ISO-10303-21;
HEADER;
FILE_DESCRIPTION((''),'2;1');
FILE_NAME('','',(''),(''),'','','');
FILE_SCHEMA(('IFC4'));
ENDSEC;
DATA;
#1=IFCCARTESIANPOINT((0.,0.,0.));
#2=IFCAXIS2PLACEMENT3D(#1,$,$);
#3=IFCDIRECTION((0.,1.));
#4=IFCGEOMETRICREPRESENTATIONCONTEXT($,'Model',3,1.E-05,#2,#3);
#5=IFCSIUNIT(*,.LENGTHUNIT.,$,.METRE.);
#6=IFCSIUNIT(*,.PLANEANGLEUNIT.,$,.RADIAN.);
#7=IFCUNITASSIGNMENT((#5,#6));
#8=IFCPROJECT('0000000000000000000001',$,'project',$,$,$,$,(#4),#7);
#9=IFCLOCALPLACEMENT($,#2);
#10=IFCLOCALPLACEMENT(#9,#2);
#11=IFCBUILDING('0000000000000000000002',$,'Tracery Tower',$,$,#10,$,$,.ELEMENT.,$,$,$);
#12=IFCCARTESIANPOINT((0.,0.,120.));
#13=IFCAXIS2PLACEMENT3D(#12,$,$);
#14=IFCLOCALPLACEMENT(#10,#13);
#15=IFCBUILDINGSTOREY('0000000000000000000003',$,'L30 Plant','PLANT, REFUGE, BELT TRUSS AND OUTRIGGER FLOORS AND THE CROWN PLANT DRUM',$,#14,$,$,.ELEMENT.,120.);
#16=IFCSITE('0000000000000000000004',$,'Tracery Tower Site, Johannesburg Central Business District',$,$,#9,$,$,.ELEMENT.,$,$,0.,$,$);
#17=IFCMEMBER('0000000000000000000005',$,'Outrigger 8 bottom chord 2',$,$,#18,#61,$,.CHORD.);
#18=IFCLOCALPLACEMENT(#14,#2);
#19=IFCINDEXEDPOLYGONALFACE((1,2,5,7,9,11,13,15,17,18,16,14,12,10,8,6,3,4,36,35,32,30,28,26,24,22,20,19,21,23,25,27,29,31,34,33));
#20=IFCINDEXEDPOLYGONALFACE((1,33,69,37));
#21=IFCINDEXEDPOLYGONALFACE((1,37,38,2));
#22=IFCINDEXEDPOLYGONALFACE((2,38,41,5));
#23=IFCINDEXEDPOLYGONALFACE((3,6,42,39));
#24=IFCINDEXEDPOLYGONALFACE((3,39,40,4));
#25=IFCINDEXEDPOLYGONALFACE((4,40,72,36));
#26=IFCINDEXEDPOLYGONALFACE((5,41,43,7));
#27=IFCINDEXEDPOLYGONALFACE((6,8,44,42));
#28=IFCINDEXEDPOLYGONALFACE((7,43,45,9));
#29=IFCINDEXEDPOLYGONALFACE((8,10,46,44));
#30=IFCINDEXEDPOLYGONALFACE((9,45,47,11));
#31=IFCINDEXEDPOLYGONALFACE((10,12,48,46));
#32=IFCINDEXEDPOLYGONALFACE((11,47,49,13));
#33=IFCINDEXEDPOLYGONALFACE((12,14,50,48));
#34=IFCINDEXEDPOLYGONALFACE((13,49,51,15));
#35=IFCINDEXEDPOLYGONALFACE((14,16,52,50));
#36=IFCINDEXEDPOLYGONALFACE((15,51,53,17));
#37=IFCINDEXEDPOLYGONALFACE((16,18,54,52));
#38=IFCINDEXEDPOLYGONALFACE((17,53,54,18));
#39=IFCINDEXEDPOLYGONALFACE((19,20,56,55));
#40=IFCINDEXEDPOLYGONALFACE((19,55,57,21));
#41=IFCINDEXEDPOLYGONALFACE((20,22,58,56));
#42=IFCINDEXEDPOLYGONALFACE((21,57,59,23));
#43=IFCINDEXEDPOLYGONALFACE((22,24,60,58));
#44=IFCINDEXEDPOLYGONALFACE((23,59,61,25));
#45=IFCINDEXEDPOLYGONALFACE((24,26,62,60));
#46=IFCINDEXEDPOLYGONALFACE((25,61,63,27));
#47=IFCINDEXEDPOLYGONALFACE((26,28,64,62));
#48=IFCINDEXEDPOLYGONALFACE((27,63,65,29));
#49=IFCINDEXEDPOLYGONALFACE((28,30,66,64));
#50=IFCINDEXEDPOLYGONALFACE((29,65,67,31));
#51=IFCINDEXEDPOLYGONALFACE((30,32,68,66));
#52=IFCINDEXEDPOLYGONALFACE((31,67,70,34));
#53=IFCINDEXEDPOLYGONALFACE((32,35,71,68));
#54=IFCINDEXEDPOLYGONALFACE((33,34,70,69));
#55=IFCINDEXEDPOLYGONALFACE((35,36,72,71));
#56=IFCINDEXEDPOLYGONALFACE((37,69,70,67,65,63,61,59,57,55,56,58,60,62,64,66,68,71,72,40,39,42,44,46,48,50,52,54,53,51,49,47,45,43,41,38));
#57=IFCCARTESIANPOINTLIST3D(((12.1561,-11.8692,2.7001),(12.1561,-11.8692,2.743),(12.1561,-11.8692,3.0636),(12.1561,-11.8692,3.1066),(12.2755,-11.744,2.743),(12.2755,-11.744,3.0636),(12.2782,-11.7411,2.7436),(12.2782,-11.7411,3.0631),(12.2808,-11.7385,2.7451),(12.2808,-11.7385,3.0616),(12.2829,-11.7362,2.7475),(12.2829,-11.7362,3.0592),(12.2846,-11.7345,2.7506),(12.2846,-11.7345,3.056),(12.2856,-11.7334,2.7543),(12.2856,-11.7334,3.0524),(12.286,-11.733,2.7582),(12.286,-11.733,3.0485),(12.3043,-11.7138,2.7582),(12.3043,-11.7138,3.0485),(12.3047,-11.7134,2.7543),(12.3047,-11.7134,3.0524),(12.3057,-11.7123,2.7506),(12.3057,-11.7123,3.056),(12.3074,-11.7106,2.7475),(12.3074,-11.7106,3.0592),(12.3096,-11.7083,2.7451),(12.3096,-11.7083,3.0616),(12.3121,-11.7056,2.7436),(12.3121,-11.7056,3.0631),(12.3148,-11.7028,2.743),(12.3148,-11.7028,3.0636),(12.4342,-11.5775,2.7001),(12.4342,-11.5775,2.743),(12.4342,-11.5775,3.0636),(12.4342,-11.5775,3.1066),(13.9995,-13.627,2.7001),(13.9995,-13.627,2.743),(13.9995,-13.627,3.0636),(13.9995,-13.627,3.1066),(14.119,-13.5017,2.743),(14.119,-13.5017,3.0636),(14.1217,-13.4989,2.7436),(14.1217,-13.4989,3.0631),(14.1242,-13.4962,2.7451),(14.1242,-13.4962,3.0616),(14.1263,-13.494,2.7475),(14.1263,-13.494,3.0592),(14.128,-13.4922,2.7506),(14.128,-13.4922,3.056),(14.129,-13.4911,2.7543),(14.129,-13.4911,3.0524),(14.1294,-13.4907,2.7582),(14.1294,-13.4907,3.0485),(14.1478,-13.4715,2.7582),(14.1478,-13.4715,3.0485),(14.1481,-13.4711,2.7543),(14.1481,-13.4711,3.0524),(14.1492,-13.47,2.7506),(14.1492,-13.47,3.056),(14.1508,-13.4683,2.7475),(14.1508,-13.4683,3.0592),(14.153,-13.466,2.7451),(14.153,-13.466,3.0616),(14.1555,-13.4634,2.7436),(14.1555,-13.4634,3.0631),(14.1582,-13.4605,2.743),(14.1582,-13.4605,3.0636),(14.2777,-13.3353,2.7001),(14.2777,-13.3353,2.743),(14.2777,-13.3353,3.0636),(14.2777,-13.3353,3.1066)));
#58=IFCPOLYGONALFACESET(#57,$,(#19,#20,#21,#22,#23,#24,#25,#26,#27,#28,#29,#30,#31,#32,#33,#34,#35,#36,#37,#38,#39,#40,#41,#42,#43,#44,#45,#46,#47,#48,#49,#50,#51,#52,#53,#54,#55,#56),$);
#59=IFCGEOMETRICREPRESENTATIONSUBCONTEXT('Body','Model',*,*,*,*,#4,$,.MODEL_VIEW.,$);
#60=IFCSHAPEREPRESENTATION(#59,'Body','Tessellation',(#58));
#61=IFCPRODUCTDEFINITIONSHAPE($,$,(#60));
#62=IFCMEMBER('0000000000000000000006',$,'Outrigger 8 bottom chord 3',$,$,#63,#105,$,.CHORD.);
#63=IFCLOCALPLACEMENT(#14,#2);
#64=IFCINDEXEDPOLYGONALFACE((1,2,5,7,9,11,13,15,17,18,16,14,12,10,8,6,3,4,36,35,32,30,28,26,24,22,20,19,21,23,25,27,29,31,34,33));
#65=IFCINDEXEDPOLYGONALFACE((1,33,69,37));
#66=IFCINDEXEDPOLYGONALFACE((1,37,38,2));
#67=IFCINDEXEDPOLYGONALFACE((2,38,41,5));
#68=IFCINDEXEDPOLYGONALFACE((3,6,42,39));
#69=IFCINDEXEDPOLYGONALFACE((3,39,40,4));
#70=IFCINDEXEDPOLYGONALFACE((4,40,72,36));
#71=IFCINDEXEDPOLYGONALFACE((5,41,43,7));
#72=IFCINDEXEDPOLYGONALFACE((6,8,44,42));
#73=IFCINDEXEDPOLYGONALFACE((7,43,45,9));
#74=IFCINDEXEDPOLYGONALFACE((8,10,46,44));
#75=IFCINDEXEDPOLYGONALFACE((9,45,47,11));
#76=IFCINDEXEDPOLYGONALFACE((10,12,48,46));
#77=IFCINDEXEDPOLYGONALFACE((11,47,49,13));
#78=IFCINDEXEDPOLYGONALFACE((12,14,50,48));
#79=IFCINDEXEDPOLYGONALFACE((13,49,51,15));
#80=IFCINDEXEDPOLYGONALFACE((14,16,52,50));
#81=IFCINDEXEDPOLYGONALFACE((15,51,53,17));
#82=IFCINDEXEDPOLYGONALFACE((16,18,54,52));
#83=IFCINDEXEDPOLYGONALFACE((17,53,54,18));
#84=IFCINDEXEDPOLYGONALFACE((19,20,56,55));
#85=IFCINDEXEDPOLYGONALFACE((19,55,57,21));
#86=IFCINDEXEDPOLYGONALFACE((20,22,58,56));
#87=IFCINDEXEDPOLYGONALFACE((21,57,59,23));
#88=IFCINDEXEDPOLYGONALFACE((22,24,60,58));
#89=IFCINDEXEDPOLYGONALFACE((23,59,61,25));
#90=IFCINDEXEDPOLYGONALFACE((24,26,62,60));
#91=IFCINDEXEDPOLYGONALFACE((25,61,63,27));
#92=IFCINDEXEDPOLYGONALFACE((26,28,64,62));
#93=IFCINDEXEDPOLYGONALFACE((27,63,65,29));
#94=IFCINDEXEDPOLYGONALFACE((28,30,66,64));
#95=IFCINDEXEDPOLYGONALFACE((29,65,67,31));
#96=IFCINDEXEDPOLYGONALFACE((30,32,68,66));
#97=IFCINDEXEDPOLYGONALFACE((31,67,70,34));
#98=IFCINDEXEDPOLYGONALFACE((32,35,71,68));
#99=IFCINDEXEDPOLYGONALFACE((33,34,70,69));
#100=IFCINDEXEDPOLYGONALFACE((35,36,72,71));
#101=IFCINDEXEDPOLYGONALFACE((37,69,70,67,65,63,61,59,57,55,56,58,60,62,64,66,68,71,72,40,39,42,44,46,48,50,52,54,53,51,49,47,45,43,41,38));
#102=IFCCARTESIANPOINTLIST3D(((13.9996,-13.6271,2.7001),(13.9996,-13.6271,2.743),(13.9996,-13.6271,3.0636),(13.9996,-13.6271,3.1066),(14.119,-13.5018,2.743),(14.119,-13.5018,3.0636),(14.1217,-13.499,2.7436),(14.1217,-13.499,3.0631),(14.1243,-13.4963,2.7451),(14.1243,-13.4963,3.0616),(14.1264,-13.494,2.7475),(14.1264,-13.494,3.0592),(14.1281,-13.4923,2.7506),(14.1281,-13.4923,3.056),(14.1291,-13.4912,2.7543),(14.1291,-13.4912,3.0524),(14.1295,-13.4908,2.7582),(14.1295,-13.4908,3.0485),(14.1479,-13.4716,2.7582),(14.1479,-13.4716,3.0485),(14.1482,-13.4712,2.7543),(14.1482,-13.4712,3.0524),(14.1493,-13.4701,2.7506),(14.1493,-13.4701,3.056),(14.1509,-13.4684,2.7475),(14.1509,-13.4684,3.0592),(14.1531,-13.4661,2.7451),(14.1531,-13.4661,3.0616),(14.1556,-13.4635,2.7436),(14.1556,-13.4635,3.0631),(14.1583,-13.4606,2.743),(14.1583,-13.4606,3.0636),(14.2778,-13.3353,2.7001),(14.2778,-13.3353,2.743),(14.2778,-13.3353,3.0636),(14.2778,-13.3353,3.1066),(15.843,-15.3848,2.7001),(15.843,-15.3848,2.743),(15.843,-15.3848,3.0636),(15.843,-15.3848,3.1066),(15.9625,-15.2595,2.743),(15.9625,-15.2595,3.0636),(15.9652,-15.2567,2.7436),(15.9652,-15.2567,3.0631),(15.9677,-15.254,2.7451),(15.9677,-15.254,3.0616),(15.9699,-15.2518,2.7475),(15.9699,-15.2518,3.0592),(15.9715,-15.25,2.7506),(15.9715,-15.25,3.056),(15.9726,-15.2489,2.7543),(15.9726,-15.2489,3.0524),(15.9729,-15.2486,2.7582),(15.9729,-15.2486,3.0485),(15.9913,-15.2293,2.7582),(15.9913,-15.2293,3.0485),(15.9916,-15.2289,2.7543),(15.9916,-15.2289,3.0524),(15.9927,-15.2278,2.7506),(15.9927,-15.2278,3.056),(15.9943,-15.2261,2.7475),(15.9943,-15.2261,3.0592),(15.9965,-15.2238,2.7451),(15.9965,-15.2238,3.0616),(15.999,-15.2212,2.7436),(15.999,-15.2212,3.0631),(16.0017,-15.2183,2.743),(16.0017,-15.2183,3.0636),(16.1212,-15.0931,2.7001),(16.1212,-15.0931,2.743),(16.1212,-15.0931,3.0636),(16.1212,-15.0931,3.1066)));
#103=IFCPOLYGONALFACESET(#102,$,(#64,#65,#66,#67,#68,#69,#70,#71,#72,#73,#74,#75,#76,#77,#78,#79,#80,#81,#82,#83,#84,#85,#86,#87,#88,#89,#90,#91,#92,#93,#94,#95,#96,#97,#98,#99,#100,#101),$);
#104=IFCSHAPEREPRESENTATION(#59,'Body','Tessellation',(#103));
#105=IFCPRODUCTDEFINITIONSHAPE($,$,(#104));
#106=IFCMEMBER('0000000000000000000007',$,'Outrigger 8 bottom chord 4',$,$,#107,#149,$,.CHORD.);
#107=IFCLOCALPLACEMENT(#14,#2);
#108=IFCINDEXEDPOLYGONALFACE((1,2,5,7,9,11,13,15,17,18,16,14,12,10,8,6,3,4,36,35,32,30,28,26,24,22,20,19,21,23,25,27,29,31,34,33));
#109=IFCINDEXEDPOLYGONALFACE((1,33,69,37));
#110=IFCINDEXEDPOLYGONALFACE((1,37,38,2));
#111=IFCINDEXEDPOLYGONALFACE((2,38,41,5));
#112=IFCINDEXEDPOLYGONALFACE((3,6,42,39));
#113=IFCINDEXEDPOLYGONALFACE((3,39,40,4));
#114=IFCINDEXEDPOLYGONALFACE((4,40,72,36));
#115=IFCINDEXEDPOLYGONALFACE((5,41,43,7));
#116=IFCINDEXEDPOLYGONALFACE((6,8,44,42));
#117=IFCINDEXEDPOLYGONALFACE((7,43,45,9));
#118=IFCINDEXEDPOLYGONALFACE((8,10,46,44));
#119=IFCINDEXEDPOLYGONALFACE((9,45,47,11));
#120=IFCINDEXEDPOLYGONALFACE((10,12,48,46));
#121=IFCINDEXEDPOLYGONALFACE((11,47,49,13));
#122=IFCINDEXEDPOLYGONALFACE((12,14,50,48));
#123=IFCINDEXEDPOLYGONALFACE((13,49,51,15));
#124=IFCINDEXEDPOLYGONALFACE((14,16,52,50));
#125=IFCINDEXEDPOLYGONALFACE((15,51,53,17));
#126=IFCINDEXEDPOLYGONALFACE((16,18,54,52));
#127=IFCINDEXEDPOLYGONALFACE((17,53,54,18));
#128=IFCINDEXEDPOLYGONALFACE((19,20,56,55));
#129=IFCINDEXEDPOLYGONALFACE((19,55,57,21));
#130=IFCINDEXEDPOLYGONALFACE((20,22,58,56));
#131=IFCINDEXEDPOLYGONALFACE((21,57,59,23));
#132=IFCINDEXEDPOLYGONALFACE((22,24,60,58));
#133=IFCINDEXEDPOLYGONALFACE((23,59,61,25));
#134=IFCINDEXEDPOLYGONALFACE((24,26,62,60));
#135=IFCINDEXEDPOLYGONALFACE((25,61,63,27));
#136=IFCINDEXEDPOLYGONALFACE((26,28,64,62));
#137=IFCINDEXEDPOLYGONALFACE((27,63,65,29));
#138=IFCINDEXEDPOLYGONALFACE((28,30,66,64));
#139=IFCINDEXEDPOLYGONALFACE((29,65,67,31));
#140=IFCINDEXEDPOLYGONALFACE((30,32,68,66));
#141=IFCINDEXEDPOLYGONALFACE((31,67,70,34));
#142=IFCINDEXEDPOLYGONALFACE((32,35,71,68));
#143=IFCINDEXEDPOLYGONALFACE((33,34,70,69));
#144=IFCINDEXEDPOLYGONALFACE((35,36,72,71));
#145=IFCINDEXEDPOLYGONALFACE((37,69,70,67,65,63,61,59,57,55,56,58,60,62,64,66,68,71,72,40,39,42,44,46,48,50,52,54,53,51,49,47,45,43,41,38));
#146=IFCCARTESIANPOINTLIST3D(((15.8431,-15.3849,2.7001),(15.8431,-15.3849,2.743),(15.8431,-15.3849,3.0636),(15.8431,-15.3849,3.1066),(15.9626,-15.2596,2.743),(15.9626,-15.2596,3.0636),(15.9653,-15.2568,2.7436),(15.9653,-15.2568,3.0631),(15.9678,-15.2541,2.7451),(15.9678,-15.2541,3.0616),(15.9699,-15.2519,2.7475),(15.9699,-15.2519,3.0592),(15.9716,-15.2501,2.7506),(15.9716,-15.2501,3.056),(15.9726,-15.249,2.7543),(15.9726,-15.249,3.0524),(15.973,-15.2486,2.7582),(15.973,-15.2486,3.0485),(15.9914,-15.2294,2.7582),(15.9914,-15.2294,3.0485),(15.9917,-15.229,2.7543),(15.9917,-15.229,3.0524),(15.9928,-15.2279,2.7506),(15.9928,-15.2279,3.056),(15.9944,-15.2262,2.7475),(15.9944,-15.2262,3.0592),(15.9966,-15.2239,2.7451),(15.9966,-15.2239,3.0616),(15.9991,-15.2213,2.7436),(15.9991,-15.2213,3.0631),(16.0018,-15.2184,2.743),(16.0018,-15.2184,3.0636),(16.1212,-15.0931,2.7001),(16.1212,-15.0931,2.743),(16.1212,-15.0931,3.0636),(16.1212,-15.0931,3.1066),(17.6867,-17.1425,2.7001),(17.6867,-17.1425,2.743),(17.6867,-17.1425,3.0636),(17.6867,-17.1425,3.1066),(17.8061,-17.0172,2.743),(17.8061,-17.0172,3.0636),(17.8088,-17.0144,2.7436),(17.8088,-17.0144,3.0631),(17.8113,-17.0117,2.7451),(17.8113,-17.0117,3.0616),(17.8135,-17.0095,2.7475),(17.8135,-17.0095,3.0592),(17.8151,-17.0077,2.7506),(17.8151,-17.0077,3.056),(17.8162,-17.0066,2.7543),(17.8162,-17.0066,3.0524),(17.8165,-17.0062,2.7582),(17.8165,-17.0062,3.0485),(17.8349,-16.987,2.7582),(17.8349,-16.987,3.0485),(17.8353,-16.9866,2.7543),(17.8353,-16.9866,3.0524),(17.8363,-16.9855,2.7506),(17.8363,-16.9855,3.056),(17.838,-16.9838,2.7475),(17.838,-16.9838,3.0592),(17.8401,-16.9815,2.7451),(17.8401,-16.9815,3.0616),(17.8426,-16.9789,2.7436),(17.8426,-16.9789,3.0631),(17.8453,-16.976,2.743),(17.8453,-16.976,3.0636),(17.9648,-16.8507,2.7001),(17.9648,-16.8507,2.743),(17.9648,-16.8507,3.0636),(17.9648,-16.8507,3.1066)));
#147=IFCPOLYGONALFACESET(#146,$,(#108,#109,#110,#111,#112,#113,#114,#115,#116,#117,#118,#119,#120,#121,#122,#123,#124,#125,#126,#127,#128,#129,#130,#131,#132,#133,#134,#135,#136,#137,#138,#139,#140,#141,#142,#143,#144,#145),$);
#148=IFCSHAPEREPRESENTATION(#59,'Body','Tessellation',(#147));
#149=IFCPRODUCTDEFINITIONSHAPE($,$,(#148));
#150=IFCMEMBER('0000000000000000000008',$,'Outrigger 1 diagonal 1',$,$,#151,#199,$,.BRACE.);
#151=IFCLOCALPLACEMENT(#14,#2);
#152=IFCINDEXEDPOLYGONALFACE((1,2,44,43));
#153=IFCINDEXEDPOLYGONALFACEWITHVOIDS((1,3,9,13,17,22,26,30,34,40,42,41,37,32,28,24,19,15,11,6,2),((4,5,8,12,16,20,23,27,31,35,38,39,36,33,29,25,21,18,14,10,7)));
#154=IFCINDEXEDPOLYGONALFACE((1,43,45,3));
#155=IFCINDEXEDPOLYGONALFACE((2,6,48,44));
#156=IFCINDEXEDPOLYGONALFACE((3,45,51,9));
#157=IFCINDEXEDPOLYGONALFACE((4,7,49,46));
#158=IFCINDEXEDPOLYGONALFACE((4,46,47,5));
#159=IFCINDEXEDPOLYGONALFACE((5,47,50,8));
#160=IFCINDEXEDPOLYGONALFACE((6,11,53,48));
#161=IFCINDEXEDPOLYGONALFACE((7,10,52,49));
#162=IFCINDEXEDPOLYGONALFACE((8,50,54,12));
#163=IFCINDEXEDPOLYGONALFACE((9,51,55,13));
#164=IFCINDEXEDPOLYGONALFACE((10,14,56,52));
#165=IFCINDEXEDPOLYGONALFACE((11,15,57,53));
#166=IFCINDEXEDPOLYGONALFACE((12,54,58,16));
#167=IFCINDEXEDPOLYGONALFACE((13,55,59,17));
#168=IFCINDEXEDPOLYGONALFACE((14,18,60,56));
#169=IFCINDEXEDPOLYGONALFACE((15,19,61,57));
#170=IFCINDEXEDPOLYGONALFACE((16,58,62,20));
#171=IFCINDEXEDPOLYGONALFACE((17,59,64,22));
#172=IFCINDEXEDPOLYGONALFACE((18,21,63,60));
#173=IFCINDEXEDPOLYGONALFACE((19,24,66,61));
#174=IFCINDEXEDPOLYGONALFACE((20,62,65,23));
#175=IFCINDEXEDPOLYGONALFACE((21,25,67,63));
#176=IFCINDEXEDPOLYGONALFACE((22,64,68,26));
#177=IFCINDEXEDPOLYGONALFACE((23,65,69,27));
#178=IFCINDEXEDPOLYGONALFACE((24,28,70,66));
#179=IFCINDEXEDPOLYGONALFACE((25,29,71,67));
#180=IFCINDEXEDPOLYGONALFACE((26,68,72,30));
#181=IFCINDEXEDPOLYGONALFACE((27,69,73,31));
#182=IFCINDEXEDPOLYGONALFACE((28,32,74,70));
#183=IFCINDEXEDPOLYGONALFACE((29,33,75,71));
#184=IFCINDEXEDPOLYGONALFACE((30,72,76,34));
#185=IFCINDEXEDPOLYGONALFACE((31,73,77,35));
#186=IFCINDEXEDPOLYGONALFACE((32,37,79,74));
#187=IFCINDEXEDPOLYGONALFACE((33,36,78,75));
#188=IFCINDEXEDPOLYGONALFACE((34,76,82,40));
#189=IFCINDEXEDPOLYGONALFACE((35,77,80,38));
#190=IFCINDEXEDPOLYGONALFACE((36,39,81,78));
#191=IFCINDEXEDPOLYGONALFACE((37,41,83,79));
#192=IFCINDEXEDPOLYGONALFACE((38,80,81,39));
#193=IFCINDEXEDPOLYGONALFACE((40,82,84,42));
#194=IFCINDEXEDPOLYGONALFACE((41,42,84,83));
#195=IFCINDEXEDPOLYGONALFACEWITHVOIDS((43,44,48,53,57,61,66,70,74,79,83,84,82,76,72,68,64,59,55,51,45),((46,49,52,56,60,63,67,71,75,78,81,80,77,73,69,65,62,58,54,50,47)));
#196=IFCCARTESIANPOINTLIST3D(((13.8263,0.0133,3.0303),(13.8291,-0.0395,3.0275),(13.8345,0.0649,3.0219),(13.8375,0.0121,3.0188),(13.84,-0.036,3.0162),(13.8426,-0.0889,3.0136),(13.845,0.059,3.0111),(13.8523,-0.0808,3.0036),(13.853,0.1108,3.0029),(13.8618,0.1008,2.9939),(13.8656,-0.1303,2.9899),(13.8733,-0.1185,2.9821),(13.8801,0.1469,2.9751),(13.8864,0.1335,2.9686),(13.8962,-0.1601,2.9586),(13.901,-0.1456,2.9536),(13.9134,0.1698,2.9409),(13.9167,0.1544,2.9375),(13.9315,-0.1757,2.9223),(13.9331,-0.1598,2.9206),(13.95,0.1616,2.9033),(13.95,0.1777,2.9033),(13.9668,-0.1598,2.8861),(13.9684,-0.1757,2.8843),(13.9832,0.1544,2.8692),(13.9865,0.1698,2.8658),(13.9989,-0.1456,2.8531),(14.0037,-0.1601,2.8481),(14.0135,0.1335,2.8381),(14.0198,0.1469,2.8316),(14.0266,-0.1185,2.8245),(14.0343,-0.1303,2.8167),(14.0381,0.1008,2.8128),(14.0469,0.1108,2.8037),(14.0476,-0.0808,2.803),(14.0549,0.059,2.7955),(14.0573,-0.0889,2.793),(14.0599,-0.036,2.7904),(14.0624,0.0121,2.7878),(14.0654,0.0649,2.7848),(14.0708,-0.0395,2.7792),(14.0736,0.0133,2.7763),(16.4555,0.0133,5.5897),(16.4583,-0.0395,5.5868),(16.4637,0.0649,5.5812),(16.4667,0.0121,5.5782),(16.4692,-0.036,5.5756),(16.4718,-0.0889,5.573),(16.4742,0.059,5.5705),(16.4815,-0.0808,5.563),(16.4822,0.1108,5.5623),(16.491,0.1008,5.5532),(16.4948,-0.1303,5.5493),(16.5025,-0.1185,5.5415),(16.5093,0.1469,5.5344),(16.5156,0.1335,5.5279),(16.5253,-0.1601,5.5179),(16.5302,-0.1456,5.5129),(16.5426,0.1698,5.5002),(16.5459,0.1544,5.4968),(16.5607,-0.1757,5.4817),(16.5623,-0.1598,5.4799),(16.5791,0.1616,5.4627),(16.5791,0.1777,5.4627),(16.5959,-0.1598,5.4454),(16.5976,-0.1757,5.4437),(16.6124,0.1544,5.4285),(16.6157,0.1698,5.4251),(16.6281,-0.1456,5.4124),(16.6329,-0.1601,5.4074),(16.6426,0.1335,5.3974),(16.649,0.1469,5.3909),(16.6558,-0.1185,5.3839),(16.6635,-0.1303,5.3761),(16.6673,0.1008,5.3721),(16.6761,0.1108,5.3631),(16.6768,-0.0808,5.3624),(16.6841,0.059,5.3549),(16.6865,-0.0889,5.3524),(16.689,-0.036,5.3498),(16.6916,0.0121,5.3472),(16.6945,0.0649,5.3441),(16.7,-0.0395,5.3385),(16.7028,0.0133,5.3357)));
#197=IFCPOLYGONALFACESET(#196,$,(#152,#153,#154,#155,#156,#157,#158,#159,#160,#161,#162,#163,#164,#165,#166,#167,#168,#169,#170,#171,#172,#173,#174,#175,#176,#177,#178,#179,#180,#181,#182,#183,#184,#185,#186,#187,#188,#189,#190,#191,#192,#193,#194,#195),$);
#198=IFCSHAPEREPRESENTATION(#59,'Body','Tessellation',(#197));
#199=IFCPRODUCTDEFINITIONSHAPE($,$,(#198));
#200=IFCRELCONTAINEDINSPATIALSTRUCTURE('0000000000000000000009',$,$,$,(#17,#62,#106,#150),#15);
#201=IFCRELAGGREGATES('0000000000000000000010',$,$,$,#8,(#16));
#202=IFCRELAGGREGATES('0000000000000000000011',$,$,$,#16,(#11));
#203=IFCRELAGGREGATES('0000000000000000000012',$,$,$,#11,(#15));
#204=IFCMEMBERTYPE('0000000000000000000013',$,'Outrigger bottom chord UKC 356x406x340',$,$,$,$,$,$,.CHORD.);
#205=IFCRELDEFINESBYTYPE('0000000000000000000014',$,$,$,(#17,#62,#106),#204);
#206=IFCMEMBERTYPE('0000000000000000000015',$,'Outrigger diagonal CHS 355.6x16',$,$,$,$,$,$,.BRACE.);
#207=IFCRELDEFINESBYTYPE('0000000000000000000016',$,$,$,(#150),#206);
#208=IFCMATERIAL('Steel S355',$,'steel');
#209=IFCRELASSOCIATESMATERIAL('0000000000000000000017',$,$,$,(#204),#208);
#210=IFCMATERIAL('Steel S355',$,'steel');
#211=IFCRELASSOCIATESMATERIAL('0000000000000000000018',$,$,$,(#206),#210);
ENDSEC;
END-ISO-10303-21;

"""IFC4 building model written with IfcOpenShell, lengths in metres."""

from ifc_helpers import new_model, si_unit, direction, frame, origin, origin_2d, place, context, subcontext, project, spatial, hollow_circle, i_section, extrude, material, material_profile, profile_set, type_object, element, save


model = new_model("IFC4")

# Units and contexts
model_context = context("Model", 3, precision=1e-05, world=origin(), true_north=direction((0.0, 1.0)))
body_context = subcontext(model_context, "Body", "Model", "MODEL_VIEW")
ifc_project = project(units=[si_unit("LENGTHUNIT", "METRE"), si_unit("PLANEANGLEUNIT", "RADIAN")], contexts=[model_context])

# Site, building, storey
site_placement = place(None, origin())
site = spatial("IfcSite", under=ifc_project, at=site_placement, Name="Tracery Tower Site, Johannesburg Central Business District", CompositionType="ELEMENT", RefElevation=0.0)
building_placement = place(site_placement, origin())
building = spatial("IfcBuilding", under=site, at=building_placement, Name="Tracery Tower", CompositionType="ELEMENT")
storey_placement = place(building_placement, frame((0.0, 0.0, 120.0)))
storey = spatial("IfcBuildingStorey", under=building, at=storey_placement, Name="L30 Plant", Description="PLANT, REFUGE, BELT TRUSS AND OUTRIGGER FLOORS AND THE CROWN PLANT DRUM", CompositionType="ELEMENT", Elevation=120.0)

# Members
ifc_material_1 = material(Name="Steel S355", Category="steel")
ifc_material_profile_1 = material_profile(ifc_material_1, i_section(OverallWidth=0.4031, OverallDepth=0.4065, WebThickness=0.0266, FlangeThickness=0.043, FilletRadius=0.0151, at=origin_2d()), Name="UKC 356x406x340")
ifc_profile_set_1 = profile_set([ifc_material_profile_1], Name="Steel S355")
member_type_1 = type_object("IfcMemberType", Name="Outrigger bottom chord UKC 356x406x340", PredefinedType="CHORD", material=ifc_profile_set_1)
for number, where, z_axis, x_axis, name in (
    (1, (12.2952, -11.7234, 2.9033), (0.723728, -0.690086, 0.0), (0.690086, 0.723728, 0.0), "Outrigger 8 bottom chord 2"),
    (2, (14.1387, -13.4812, 2.9033), (0.723728, -0.690086, 0.0), (0.690086, 0.723728, 0.0), "Outrigger 8 bottom chord 3"),
    (3, (15.9822, -15.239, 2.9033), (0.723775, -0.690036, 0.0), (0.690036, 0.723775, 0.0), "Outrigger 8 bottom chord 4"),
):
    element("IfcMember", number, at=place(storey_placement, frame(where, z_axis=z_axis, x_axis=x_axis)), inside=storey, type_object=member_type_1, Name=name, PredefinedType="CHORD", context=body_context, shape_type="SweptSolid", body=[
        extrude(i_section(OverallWidth=0.4031, OverallDepth=0.4065, WebThickness=0.0266, FlangeThickness=0.043, FilletRadius=0.0151, at=origin_2d()), origin(), (0.0, 0.0, 1.0), 2.5471),
    ])
ifc_material_2 = material(Name="Steel S355", Category="steel")
ifc_material_profile_2 = material_profile(ifc_material_2, hollow_circle(Radius=0.1777, WallThickness=0.0161, at=origin_2d()), Name="CHS 355.6x16")
ifc_profile_set_2 = profile_set([ifc_material_profile_2], Name="Steel S355")
member_type_2 = type_object("IfcMemberType", Name="Outrigger diagonal CHS 355.6x16", PredefinedType="BRACE", material=ifc_profile_set_2)
member_1_placement = place(storey_placement, frame((13.95, 0.0, 2.9033), z_axis=(0.716558, 0.0, 0.697528), x_axis=(0.0, 1.0, 0.0)))
element("IfcMember", 4, at=member_1_placement, inside=storey, type_object=member_type_2, Name="Outrigger 1 diagonal 1", PredefinedType="BRACE", context=body_context, shape_type="SweptSolid", body=[
    extrude(hollow_circle(Radius=0.1777, WallThickness=0.0161, at=origin_2d()), origin(), (0.0, 0.0, 1.0), 3.6692),
])

save(model, "model.ifc")
